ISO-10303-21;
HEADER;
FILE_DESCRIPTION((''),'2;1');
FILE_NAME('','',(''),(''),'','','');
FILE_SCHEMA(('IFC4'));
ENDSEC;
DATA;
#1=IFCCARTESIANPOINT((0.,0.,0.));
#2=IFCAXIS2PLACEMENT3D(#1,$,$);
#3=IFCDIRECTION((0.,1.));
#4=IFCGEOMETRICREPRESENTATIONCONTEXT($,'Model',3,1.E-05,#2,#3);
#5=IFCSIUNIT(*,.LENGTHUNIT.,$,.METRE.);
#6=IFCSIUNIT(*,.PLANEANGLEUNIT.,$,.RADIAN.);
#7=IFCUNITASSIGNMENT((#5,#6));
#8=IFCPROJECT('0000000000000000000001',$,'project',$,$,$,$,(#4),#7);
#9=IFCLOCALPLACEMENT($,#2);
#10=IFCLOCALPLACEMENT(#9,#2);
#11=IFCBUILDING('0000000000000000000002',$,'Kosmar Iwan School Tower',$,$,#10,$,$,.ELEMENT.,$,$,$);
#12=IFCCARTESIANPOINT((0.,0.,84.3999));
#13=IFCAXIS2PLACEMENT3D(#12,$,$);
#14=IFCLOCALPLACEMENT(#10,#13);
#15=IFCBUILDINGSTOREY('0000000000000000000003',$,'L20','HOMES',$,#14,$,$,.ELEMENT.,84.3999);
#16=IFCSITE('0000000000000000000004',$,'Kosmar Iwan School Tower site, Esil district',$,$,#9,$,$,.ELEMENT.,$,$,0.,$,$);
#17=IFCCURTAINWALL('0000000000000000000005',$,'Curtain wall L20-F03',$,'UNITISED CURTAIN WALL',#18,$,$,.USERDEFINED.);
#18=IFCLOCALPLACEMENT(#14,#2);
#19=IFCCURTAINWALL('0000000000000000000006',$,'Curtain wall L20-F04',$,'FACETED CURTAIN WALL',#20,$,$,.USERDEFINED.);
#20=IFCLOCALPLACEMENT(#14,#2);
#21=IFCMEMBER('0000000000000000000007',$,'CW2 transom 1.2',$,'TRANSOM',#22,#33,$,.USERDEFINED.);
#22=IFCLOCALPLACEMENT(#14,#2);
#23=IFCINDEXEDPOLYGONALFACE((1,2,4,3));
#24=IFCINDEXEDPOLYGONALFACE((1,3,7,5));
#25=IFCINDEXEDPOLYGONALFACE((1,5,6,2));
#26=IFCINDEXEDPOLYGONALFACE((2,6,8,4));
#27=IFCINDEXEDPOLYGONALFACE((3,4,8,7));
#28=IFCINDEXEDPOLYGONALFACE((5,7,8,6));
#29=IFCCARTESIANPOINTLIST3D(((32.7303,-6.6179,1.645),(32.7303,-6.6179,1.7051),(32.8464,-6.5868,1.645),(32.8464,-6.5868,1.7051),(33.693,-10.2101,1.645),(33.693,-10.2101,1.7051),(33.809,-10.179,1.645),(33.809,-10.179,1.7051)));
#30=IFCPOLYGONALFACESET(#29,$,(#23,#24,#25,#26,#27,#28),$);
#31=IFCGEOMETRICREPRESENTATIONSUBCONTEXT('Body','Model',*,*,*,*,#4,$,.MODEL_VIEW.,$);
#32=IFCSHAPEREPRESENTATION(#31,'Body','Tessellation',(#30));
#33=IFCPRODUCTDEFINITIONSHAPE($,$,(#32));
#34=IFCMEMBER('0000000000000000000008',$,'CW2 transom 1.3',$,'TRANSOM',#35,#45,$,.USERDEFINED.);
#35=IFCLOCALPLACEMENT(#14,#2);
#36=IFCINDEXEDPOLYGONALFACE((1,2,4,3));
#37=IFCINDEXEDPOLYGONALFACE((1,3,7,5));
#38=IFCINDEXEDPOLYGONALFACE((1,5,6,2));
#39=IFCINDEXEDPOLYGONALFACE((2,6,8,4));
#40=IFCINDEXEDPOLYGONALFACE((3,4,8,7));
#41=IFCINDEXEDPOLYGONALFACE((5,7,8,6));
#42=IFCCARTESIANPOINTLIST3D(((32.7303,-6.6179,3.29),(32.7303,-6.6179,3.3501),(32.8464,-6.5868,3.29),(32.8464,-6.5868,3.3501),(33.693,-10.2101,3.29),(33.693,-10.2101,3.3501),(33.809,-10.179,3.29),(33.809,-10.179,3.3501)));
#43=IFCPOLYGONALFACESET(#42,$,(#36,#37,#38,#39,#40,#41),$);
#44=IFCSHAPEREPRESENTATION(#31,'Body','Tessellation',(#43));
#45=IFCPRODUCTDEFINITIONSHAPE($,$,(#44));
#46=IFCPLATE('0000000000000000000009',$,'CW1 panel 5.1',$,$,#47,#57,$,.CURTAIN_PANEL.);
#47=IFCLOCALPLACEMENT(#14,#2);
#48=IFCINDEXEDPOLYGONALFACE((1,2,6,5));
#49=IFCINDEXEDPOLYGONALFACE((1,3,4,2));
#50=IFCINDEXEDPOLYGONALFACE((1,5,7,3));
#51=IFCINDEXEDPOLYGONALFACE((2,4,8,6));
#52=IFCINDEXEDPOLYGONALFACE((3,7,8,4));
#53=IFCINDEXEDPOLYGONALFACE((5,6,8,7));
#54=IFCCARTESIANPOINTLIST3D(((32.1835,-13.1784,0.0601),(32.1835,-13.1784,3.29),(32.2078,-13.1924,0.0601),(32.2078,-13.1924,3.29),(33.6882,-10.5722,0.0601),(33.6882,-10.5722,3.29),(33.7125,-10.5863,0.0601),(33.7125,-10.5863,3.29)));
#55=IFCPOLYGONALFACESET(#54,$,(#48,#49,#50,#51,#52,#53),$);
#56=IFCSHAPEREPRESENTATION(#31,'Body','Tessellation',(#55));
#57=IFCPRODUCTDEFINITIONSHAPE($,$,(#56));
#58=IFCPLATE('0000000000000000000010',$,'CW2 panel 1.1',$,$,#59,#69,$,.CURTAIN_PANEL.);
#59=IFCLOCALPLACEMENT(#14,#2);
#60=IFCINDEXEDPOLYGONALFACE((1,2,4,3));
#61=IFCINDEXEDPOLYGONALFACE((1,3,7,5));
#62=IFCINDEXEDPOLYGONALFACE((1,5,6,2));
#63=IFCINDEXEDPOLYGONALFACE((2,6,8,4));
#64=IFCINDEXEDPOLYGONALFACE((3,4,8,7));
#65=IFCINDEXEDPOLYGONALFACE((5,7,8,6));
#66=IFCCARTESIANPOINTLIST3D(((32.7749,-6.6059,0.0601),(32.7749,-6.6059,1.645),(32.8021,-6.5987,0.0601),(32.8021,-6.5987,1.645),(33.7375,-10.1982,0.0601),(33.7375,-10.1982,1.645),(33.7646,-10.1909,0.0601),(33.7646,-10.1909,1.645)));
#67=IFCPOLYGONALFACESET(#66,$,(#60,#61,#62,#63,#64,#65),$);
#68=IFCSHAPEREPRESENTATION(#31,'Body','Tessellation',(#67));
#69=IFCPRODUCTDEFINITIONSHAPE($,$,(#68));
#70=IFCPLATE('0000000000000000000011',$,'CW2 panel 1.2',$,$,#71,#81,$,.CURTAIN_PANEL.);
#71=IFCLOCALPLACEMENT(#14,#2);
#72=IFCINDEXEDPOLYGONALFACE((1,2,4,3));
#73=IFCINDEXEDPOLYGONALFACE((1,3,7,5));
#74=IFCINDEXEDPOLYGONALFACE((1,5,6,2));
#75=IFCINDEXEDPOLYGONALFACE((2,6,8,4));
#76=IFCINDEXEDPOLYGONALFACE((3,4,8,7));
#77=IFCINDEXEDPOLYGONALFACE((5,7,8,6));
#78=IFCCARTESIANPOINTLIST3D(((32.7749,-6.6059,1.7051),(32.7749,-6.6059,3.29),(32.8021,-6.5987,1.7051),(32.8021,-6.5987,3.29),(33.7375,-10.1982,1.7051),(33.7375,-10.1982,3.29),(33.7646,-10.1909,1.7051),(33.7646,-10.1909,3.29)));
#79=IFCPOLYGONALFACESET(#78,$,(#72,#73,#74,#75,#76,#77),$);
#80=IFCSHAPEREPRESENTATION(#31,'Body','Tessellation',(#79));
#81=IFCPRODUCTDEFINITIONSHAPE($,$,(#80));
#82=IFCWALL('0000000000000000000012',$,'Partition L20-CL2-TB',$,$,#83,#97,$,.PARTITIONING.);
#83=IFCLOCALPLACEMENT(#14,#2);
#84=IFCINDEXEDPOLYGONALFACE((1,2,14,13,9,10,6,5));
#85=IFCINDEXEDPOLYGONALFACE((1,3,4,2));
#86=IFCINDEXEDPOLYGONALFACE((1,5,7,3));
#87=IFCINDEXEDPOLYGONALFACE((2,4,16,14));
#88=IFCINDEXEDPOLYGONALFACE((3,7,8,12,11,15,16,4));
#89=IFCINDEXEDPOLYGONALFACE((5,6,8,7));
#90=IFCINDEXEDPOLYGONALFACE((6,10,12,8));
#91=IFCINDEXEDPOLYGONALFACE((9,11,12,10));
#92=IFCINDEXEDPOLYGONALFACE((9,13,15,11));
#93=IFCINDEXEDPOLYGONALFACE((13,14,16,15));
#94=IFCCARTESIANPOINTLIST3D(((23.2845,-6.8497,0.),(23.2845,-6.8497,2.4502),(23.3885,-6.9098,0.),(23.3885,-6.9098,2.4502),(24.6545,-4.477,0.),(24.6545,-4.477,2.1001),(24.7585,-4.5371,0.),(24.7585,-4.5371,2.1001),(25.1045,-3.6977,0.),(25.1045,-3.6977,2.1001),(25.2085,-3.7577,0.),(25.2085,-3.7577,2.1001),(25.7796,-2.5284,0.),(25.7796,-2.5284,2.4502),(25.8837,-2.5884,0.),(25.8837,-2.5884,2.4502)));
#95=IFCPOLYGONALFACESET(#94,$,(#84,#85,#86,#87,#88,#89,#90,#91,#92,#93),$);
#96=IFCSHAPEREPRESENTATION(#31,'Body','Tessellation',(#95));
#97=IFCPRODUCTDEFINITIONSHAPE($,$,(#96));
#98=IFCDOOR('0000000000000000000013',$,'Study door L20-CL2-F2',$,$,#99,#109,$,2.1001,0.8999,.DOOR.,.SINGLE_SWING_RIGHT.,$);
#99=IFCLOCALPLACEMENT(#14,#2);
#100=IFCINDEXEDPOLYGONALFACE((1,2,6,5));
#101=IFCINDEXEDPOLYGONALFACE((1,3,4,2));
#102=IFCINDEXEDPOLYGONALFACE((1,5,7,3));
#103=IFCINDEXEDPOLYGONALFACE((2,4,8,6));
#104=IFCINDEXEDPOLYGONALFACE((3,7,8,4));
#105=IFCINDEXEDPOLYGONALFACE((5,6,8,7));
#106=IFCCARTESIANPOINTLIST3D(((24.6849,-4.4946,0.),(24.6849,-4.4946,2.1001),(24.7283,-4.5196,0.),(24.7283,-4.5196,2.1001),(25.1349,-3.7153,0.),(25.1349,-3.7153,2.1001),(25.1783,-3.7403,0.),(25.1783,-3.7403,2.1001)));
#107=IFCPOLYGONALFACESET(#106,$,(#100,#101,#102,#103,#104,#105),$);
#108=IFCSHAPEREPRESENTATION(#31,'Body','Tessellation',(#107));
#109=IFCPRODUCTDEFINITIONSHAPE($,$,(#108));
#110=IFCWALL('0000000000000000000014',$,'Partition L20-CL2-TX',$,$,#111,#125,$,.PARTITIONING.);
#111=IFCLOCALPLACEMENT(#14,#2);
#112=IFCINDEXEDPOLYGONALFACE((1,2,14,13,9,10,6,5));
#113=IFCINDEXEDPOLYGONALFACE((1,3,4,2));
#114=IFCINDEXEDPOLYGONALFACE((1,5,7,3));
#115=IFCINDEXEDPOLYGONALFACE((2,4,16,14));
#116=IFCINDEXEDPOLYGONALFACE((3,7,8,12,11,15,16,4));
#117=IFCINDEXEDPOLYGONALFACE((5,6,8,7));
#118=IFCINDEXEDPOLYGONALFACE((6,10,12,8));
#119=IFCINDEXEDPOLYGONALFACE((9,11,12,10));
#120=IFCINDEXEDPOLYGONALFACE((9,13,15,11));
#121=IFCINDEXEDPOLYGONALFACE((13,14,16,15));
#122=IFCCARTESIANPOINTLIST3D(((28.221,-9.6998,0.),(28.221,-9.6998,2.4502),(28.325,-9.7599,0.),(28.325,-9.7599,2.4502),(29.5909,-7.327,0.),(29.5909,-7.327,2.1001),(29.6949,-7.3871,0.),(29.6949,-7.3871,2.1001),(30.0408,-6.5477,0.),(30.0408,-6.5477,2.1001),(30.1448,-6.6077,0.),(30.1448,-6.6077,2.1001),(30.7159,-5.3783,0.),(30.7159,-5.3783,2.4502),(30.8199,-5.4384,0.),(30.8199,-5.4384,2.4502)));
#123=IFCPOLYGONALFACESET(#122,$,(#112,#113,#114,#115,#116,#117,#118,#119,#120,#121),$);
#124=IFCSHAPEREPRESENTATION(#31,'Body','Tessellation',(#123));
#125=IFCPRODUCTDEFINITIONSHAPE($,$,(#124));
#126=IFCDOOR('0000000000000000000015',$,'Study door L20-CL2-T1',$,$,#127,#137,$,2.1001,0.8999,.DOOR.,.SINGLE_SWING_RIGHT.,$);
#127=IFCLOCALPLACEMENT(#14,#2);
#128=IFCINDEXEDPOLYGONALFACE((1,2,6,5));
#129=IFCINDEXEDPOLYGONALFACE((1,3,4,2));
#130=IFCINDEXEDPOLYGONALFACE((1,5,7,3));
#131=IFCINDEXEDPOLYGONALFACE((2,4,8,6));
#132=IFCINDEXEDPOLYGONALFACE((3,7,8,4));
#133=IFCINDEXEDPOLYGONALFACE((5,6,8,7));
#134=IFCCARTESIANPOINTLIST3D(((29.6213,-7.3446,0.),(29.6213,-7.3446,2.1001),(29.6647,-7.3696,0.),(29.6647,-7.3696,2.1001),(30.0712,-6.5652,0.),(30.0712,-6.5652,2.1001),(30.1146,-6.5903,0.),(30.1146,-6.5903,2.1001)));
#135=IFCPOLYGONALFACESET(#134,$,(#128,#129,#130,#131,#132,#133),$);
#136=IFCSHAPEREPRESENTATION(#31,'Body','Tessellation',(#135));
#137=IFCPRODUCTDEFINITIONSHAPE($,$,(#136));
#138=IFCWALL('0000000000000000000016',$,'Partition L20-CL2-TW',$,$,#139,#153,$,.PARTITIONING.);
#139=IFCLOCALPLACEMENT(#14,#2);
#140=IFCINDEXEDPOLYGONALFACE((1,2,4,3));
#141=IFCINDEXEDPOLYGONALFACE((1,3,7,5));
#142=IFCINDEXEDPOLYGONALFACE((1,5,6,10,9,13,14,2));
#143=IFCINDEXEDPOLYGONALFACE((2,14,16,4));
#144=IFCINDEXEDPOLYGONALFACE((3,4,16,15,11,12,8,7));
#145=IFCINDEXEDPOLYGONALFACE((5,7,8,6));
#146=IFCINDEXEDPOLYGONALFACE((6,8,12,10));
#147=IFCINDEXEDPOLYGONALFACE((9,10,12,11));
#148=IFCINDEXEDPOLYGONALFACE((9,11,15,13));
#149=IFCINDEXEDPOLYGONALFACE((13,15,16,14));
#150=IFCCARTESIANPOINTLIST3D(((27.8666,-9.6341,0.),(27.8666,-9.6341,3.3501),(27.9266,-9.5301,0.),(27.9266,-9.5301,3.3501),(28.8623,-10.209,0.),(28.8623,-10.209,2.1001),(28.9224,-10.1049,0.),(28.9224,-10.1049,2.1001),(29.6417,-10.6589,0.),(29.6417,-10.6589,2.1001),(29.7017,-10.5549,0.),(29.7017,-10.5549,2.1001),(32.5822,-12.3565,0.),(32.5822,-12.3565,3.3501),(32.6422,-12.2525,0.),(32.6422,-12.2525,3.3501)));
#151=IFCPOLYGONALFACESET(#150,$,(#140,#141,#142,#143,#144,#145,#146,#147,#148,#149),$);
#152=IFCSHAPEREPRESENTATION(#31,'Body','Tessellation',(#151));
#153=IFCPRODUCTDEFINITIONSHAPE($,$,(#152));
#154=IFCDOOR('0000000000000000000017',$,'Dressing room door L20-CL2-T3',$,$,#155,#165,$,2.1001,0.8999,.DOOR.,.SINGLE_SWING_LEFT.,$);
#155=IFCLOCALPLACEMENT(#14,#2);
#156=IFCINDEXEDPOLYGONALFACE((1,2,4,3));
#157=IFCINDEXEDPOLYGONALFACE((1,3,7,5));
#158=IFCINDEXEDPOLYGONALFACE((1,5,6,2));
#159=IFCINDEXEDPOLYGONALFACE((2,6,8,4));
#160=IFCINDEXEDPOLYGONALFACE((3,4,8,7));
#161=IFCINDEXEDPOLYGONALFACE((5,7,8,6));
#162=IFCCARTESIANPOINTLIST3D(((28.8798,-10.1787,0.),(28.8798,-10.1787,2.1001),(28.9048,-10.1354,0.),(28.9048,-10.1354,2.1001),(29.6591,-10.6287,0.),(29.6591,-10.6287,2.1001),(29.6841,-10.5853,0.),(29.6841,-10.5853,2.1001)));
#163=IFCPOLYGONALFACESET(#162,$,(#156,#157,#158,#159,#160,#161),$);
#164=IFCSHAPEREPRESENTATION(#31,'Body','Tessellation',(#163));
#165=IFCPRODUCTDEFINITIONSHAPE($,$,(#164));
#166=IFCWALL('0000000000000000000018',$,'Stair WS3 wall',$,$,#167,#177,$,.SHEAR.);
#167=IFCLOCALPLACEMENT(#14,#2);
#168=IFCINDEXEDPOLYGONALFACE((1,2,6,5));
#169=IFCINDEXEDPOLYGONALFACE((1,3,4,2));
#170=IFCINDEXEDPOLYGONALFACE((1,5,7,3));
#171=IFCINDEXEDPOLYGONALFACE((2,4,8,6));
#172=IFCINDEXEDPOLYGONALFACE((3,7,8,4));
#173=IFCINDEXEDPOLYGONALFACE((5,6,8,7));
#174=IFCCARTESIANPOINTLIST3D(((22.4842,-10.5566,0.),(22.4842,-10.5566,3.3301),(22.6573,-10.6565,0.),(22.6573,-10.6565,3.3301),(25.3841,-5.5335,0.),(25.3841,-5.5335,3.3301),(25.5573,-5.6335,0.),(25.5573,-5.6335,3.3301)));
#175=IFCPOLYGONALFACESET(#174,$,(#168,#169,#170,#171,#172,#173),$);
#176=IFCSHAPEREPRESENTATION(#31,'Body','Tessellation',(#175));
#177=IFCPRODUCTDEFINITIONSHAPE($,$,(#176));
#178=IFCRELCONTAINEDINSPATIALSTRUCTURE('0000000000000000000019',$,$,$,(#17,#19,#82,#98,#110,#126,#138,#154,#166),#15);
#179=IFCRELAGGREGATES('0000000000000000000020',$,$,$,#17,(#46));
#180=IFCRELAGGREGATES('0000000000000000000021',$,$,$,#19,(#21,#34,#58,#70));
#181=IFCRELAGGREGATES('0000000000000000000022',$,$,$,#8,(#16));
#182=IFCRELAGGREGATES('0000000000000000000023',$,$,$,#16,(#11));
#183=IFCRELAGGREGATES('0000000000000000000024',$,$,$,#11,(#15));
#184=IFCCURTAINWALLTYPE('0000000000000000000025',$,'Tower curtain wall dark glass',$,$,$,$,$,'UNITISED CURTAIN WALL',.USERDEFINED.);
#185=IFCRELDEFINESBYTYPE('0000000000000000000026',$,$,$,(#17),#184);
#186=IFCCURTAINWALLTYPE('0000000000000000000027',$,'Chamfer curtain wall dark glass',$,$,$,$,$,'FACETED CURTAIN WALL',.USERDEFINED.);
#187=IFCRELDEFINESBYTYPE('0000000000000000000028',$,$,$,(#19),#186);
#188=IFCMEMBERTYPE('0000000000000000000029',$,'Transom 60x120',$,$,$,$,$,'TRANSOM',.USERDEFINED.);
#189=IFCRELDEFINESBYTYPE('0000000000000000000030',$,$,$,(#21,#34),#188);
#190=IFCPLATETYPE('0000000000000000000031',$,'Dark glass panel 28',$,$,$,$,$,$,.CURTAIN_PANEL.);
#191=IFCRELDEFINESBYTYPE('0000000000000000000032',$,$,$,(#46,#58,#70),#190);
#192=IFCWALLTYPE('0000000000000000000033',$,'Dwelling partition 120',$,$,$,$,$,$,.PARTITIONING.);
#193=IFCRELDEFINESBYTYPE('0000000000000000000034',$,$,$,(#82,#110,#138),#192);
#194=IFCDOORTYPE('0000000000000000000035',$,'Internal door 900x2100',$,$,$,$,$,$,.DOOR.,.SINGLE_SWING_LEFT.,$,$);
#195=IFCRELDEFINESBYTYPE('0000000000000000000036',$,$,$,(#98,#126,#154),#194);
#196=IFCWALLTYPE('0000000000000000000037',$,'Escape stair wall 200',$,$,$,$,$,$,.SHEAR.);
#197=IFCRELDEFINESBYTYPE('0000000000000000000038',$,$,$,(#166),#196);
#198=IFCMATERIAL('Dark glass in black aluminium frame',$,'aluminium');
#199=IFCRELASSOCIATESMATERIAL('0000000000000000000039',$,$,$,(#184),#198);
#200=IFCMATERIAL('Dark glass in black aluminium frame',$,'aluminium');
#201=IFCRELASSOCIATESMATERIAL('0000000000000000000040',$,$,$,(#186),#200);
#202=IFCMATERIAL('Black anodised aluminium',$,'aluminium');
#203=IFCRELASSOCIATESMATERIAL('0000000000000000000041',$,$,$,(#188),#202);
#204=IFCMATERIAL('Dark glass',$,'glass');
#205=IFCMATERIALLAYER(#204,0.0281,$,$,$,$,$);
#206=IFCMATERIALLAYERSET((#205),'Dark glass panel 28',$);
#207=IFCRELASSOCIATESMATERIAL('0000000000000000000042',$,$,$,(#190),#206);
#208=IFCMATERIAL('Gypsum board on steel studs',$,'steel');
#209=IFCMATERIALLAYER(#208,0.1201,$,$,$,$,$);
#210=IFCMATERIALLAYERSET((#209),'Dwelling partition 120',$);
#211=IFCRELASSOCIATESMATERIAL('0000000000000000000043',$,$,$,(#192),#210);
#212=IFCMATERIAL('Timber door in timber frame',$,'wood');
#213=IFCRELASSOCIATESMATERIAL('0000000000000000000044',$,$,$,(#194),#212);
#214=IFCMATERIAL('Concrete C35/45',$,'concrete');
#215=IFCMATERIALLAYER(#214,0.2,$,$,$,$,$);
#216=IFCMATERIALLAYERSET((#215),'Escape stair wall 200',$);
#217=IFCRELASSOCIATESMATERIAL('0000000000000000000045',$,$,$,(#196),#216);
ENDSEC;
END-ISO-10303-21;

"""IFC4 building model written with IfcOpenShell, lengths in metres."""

from ifc_helpers import new_model, si_unit, direction, frame, frame_2d, origin, origin_2d, place, context, subcontext, project, spatial, rectangle, extrude, material, layer, layer_set, material_profile, profile_set, type_object, element, fill, aggregate, save


model = new_model("IFC4")

# Units and contexts
model_context = context("Model", 3, precision=1e-05, world=origin(), true_north=direction((0.0, 1.0)))
body_context = subcontext(model_context, "Body", "Model", "MODEL_VIEW")
ifc_project = project(units=[si_unit("LENGTHUNIT", "METRE"), si_unit("PLANEANGLEUNIT", "RADIAN")], contexts=[model_context])

# Site, building, storey
site_placement = place(None, origin())
site = spatial("IfcSite", under=ifc_project, at=site_placement, Name="Kosmar Iwan School Tower site, Esil district", CompositionType="ELEMENT", RefElevation=0.0)
building_placement = place(site_placement, origin())
building = spatial("IfcBuilding", under=site, at=building_placement, Name="Kosmar Iwan School Tower", CompositionType="ELEMENT")
storey_placement = place(building_placement, frame((0.0, 0.0, 84.3999)))
storey = spatial("IfcBuildingStorey", under=building, at=storey_placement, Name="L20", Description="HOMES", CompositionType="ELEMENT", Elevation=84.3999)

# Curtain wall
ifc_material_1 = material(Name="Dark glass in black aluminium frame", Category="aluminium")
curtain_wall_type_1 = type_object("IfcCurtainWallType", Name="Tower curtain wall dark glass", ElementType="UNITISED CURTAIN WALL", PredefinedType="USERDEFINED", material=ifc_material_1)
curtain_wall_1_placement = place(storey_placement, origin())
curtain_wall_1 = element("IfcCurtainWall", 1, at=curtain_wall_1_placement, inside=storey, type_object=curtain_wall_type_1, Name="Curtain wall L20-F03", ObjectType="UNITISED CURTAIN WALL", PredefinedType="USERDEFINED")

# Curtain wall
ifc_material_2 = material(Name="Dark glass in black aluminium frame", Category="aluminium")
curtain_wall_type_2 = type_object("IfcCurtainWallType", Name="Chamfer curtain wall dark glass", ElementType="FACETED CURTAIN WALL", PredefinedType="USERDEFINED", material=ifc_material_2)
curtain_wall_2_placement = place(storey_placement, origin())
curtain_wall_2 = element("IfcCurtainWall", 2, at=curtain_wall_2_placement, inside=storey, type_object=curtain_wall_type_2, Name="Curtain wall L20-F04", ObjectType="FACETED CURTAIN WALL", PredefinedType="USERDEFINED")

# Members
ifc_material_3 = material(Name="Black anodised aluminium", Category="aluminium")
ifc_material_profile_1 = material_profile(ifc_material_3, rectangle(XDim=0.1201, YDim=0.0601, at=origin_2d()), Name="TRANSOM 60x120")
ifc_profile_set_1 = profile_set([ifc_material_profile_1], Name="Black anodised aluminium")
member_type_1 = type_object("IfcMemberType", Name="Transom 60x120", ElementType="TRANSOM", PredefinedType="USERDEFINED", material=ifc_profile_set_1)
member_1_placement = place(storey_placement, frame((33.751, -10.1946, 1.675), z_axis=(-0.258843, 0.965919, 0.0), x_axis=(-0.965919, -0.258843, 0.0)))
member_1 = element("IfcMember", 3, at=member_1_placement, type_object=member_type_1, Name="CW2 transom 1.2", ObjectType="TRANSOM", PredefinedType="USERDEFINED", context=body_context, shape_type="SweptSolid", body=[
    extrude(rectangle(XDim=0.1201, YDim=0.0601, at=origin_2d()), origin(), (0.0, 0.0, 1.0), 3.719),
])
member_2_placement = place(storey_placement, frame((33.751, -10.1946, 3.3201), z_axis=(-0.258843, 0.965919, 0.0), x_axis=(-0.965919, -0.258843, 0.0)))
member_2 = element("IfcMember", 4, at=member_2_placement, type_object=member_type_1, Name="CW2 transom 1.3", ObjectType="TRANSOM", PredefinedType="USERDEFINED", context=body_context, shape_type="SweptSolid", body=[
    extrude(rectangle(XDim=0.1201, YDim=0.0601, at=origin_2d()), origin(), (0.0, 0.0, 1.0), 3.719),
])

# Plates
ifc_material_4 = material(Name="Dark glass", Category="glass")
ifc_layer_1 = layer(ifc_material_4, 0.0281)
ifc_layer_set_1 = layer_set([ifc_layer_1], Name="Dark glass panel 28")
plate_type = type_object("IfcPlateType", Name="Dark glass panel 28", PredefinedType="CURTAIN_PANEL", material=ifc_layer_set_1)
plate_1_placement = place(storey_placement, frame((32.948, -11.8823, 0.0601), z_axis=(0.0, 0.0, 1.0), x_axis=(0.5, 0.866025, 0.0)))
plate_1 = element("IfcPlate", 5, at=plate_1_placement, type_object=plate_type, Name="CW1 panel 5.1", PredefinedType="CURTAIN_PANEL", context=body_context, shape_type="SweptSolid", body=[
    extrude(rectangle(XDim=3.0093, YDim=0.0281, at=origin_2d()), origin(), (0.0, 0.0, 1.0), 3.23),
])
aggregate(curtain_wall_1, [plate_1])
plate_2_placement = place(storey_placement, frame((33.2698, -8.3984, 0.0601), z_axis=(0.0, 0.0, 1.0), x_axis=(-0.258819, 0.965926, 0.0)))
plate_2 = element("IfcPlate", 6, at=plate_2_placement, type_object=plate_type, Name="CW2 panel 1.1", PredefinedType="CURTAIN_PANEL", context=body_context, shape_type="SweptSolid", body=[
    extrude(rectangle(XDim=3.719, YDim=0.0281, at=origin_2d()), origin(), (0.0, 0.0, 1.0), 1.585),
])
plate_3_placement = place(storey_placement, frame((33.2698, -8.3984, 1.7051), z_axis=(0.0, 0.0, 1.0), x_axis=(-0.258819, 0.965926, 0.0)))
plate_3 = element("IfcPlate", 7, at=plate_3_placement, type_object=plate_type, Name="CW2 panel 1.2", PredefinedType="CURTAIN_PANEL", context=body_context, shape_type="SweptSolid", body=[
    extrude(rectangle(XDim=3.719, YDim=0.0281, at=origin_2d()), origin(), (0.0, 0.0, 1.0), 1.585),
])
aggregate(curtain_wall_2, [member_1, member_2, plate_2, plate_3])

# Walls, openings, doors
ifc_material_5 = material(Name="Gypsum board on steel studs", Category="steel")
ifc_layer_2 = layer(ifc_material_5, 0.1201)
ifc_layer_set_2 = layer_set([ifc_layer_2], Name="Dwelling partition 120")
wall_type_1 = type_object("IfcWallType", Name="Dwelling partition 120", PredefinedType="PARTITIONING", material=ifc_layer_set_2)
wall_1_placement = place(storey_placement, frame((23.3364, -6.8799, 0.0), z_axis=(0.0, 0.0, 1.0), x_axis=(0.500033, 0.866006, 0.0)))
wall_1 = element("IfcWall", 8, at=wall_1_placement, inside=storey, type_object=wall_type_1, Name="Partition L20-CL2-TB", PredefinedType="PARTITIONING", context=body_context, shape_type="SweptSolid", body=[
    extrude(rectangle(XDim=4.99, YDim=0.1201, at=frame_2d((2.4951, 0.0))), origin(), (0.0, 0.0, 1.0), 2.4502),
])
opening_1_placement = place(wall_1_placement, frame((2.74, 0.0, 0.0)))
opening_1 = element("IfcOpeningElement", 9, at=opening_1_placement, cuts=wall_1, PredefinedType="OPENING", context=body_context, shape_type="SweptSolid", body=[
    extrude(rectangle(XDim=0.8999, YDim=2.1001, at=frame_2d((0.45, 1.05))), frame((0.0, 0.072, 0.0), z_axis=(0.0, -1.0, 0.0), x_axis=(1.0, 0.0, 0.0)), (0.0, 0.0, 1.0), 0.144),
])
ifc_material_6 = material(Name="Timber door in timber frame", Category="wood")
door_type = type_object("IfcDoorType", Name="Internal door 900x2100", OperationType="SINGLE_SWING_LEFT", PredefinedType="DOOR", material=ifc_material_6)
door_1_placement = place(opening_1_placement, origin())
door_1 = element("IfcDoor", 10, at=door_1_placement, inside=storey, type_object=door_type, Name="Study door L20-CL2-F2", OperationType="SINGLE_SWING_RIGHT", OverallHeight=2.1001, OverallWidth=0.8999, PredefinedType="DOOR", context=body_context, shape_type="SweptSolid", body=[
    extrude(rectangle(XDim=0.8999, YDim=2.1001, at=frame_2d((0.45, 1.05))), frame((0.0, 0.0249, 0.0), z_axis=(0.0, -1.0, 0.0), x_axis=(1.0, 0.0, 0.0)), (0.0, 0.0, 1.0), 0.05),
])
fill(opening_1, door_1)
wall_2_placement = place(storey_placement, frame((28.2729, -9.73, 0.0), z_axis=(0.0, 0.0, 1.0), x_axis=(0.499975, 0.86604, 0.0)))
wall_2 = element("IfcWall", 11, at=wall_2_placement, inside=storey, type_object=wall_type_1, Name="Partition L20-CL2-TX", PredefinedType="PARTITIONING", context=body_context, shape_type="SweptSolid", body=[
    extrude(rectangle(XDim=4.99, YDim=0.1201, at=frame_2d((2.4951, 0.0))), origin(), (0.0, 0.0, 1.0), 2.4502),
])
opening_2_placement = place(wall_2_placement, frame((2.74, 0.0, 0.0)))
opening_2 = element("IfcOpeningElement", 12, at=opening_2_placement, cuts=wall_2, PredefinedType="OPENING", context=body_context, shape_type="SweptSolid", body=[
    extrude(rectangle(XDim=0.8999, YDim=2.1001, at=frame_2d((0.45, 1.05))), frame((0.0, 0.072, 0.0), z_axis=(0.0, -1.0, 0.0), x_axis=(1.0, 0.0, 0.0)), (0.0, 0.0, 1.0), 0.144),
])
door_2_placement = place(opening_2_placement, origin())
door_2 = element("IfcDoor", 13, at=door_2_placement, inside=storey, type_object=door_type, Name="Study door L20-CL2-T1", OperationType="SINGLE_SWING_RIGHT", OverallHeight=2.1001, OverallWidth=0.8999, PredefinedType="DOOR", context=body_context, shape_type="SweptSolid", body=[
    extrude(rectangle(XDim=0.8999, YDim=2.1001, at=frame_2d((0.45, 1.05))), frame((0.0, 0.0249, 0.0), z_axis=(0.0, -1.0, 0.0), x_axis=(1.0, 0.0, 0.0)), (0.0, 0.0, 1.0), 0.05),
])
fill(opening_2, door_2)
wall_3_placement = place(storey_placement, frame((27.8965, -9.582, 0.0), z_axis=(0.0, 0.0, 1.0), x_axis=(0.866036, -0.499982, 0.0)))
wall_3 = element("IfcWall", 14, at=wall_3_placement, inside=storey, type_object=wall_type_1, Name="Partition L20-CL2-TW", PredefinedType="PARTITIONING", context=body_context, shape_type="SweptSolid", body=[
    extrude(rectangle(XDim=5.4451, YDim=0.1201, at=frame_2d((2.7227, 0.0))), origin(), (0.0, 0.0, 1.0), 3.3501),
])
opening_3_placement = place(wall_3_placement, frame((1.1499, 0.0, 0.0)))
opening_3 = element("IfcOpeningElement", 15, at=opening_3_placement, cuts=wall_3, PredefinedType="OPENING", context=body_context, shape_type="SweptSolid", body=[
    extrude(rectangle(XDim=0.8999, YDim=2.1001, at=frame_2d((0.45, 1.05))), frame((0.0, 0.072, 0.0), z_axis=(0.0, -1.0, 0.0), x_axis=(1.0, 0.0, 0.0)), (0.0, 0.0, 1.0), 0.144),
])
door_3_placement = place(opening_3_placement, origin())
door_3 = element("IfcDoor", 16, at=door_3_placement, inside=storey, type_object=door_type, Name="Dressing room door L20-CL2-T3", OperationType="SINGLE_SWING_LEFT", OverallHeight=2.1001, OverallWidth=0.8999, PredefinedType="DOOR", context=body_context, shape_type="SweptSolid", body=[
    extrude(rectangle(XDim=0.8999, YDim=2.1001, at=frame_2d((0.45, 1.05))), frame((0.0, 0.0249, 0.0), z_axis=(0.0, -1.0, 0.0), x_axis=(1.0, 0.0, 0.0)), (0.0, 0.0, 1.0), 0.05),
])
fill(opening_3, door_3)

# Wall
ifc_material_7 = material(Name="Concrete C35/45", Category="concrete")
ifc_layer_3 = layer(ifc_material_7, 0.2)
ifc_layer_set_3 = layer_set([ifc_layer_3], Name="Escape stair wall 200")
wall_type_2 = type_object("IfcWallType", Name="Escape stair wall 200", PredefinedType="SHEAR", material=ifc_layer_set_3)
for number, where, z_axis, x_axis, name in (
    (17, (22.5708, -10.6064, 0.0), (0.0, 0.0, 1.0), (0.499987, 0.866033, 0.0), "Stair WS3 wall"),
):
    element("IfcWall", number, at=place(storey_placement, frame(where, z_axis=z_axis, x_axis=x_axis)), inside=storey, type_object=wall_type_2, Name=name, PredefinedType="SHEAR", context=body_context, shape_type="SweptSolid", body=[
        extrude(rectangle(XDim=5.8, YDim=0.2, at=frame_2d((2.8999, 0.0))), origin(), (0.0, 0.0, 1.0), 3.3301),
    ])

save(model, "model.ifc")
